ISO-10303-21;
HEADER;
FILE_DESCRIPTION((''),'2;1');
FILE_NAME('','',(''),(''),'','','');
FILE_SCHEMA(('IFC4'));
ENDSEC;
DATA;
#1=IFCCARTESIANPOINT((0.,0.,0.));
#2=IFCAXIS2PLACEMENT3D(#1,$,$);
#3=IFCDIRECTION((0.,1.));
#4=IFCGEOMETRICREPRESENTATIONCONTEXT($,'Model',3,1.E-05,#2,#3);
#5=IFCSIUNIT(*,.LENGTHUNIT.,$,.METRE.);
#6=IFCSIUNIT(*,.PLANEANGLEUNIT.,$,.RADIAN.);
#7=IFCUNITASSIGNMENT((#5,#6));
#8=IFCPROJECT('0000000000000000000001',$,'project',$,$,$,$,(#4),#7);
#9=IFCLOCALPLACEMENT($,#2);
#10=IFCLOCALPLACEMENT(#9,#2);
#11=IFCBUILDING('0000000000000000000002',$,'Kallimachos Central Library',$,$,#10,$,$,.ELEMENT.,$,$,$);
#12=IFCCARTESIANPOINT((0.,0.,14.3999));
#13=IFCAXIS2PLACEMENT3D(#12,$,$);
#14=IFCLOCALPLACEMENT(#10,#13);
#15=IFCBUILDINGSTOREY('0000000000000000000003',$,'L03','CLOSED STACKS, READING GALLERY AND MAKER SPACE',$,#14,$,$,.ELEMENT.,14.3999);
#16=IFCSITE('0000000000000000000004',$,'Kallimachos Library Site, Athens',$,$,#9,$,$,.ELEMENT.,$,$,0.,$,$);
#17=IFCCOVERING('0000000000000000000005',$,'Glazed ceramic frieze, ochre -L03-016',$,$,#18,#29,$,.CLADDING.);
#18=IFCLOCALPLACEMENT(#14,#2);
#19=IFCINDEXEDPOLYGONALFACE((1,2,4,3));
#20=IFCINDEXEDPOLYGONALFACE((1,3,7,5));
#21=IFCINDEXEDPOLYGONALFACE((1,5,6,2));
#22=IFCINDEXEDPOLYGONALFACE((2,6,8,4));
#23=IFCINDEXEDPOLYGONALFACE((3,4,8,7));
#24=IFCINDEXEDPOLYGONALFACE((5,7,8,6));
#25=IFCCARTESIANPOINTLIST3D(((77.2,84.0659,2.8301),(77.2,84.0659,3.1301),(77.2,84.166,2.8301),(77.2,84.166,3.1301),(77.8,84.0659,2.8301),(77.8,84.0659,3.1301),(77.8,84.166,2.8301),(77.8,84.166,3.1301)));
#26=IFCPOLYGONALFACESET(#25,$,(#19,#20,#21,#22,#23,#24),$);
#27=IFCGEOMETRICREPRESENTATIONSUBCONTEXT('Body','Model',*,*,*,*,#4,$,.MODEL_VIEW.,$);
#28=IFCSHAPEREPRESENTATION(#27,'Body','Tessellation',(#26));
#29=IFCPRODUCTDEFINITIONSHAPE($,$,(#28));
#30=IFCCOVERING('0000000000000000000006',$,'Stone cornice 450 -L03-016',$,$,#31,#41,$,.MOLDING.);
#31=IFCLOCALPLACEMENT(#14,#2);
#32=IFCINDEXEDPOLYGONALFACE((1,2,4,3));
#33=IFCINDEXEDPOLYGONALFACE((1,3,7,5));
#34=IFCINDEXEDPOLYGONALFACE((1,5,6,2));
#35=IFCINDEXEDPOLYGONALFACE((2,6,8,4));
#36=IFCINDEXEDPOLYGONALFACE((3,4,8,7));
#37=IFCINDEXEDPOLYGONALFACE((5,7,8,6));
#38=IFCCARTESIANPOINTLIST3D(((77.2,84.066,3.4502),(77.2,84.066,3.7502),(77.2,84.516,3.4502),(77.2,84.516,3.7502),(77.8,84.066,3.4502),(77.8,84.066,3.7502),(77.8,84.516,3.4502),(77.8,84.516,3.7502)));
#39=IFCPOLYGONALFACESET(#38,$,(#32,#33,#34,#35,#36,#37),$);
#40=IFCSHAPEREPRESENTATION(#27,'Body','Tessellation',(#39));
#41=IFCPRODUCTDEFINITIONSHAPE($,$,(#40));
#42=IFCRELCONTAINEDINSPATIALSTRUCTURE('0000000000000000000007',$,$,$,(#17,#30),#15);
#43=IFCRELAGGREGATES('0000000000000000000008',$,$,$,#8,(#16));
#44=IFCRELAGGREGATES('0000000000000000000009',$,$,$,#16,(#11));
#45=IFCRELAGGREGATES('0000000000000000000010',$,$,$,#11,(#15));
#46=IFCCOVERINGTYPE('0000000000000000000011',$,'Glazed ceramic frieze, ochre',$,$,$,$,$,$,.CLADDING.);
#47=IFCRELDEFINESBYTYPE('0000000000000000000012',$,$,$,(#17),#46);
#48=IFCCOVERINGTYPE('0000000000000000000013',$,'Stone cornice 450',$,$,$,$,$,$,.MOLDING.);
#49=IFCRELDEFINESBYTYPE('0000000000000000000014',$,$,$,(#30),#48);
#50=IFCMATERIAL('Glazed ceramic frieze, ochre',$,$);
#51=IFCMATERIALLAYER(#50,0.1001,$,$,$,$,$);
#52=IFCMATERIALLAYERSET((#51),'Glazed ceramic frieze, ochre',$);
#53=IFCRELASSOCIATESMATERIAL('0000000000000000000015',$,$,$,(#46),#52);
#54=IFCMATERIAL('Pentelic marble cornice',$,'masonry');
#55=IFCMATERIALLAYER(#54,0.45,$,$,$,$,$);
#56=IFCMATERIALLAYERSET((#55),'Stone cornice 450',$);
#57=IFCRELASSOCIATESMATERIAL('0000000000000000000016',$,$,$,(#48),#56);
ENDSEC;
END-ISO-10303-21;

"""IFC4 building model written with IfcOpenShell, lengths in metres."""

from ifc_helpers import new_model, si_unit, direction, frame, origin, origin_2d, place, context, subcontext, project, spatial, rectangle, extrude, material, layer, layer_set, type_object, element, save


model = new_model("IFC4")

# Units and contexts
model_context = context("Model", 3, precision=1e-05, world=origin(), true_north=direction((0.0, 1.0)))
body_context = subcontext(model_context, "Body", "Model", "MODEL_VIEW")
ifc_project = project(units=[si_unit("LENGTHUNIT", "METRE"), si_unit("PLANEANGLEUNIT", "RADIAN")], contexts=[model_context])

# Site, building, storey
site_placement = place(None, origin())
site = spatial("IfcSite", under=ifc_project, at=site_placement, Name="Kallimachos Library Site, Athens", CompositionType="ELEMENT", RefElevation=0.0)
building_placement = place(site_placement, origin())
building = spatial("IfcBuilding", under=site, at=building_placement, Name="Kallimachos Central Library", CompositionType="ELEMENT")
storey_placement = place(building_placement, frame((0.0, 0.0, 14.3999)))
storey = spatial("IfcBuildingStorey", under=building, at=storey_placement, Name="L03", Description="CLOSED STACKS, READING GALLERY AND MAKER SPACE", CompositionType="ELEMENT", Elevation=14.3999)

# Coverings
ifc_material_1 = material(Name="Glazed ceramic frieze, ochre")
ifc_layer_1 = layer(ifc_material_1, 0.1001)
ifc_layer_set_1 = layer_set([ifc_layer_1], Name="Glazed ceramic frieze, ochre")
covering_type_1 = type_object("IfcCoveringType", Name="Glazed ceramic frieze, ochre", PredefinedType="CLADDING", material=ifc_layer_set_1)
covering_1_placement = place(storey_placement, frame((77.5, 84.116, 2.8301), z_axis=(0.0, 0.0, 1.0), x_axis=(1.0, 0.0, 0.0)))
element("IfcCovering", 1, at=covering_1_placement, inside=storey, type_object=covering_type_1, Name="Glazed ceramic frieze, ochre -L03-016", PredefinedType="CLADDING", context=body_context, shape_type="SweptSolid", body=[
    extrude(rectangle(XDim=0.6001, YDim=0.1001, at=origin_2d()), origin(), (0.0, 0.0, 1.0), 0.3),
])
ifc_material_2 = material(Name="Pentelic marble cornice", Category="masonry")
ifc_layer_2 = layer(ifc_material_2, 0.45)
ifc_layer_set_2 = layer_set([ifc_layer_2], Name="Stone cornice 450")
covering_type_2 = type_object("IfcCoveringType", Name="Stone cornice 450", PredefinedType="MOLDING", material=ifc_layer_set_2)
covering_2_placement = place(storey_placement, frame((77.5, 84.291, 3.4502), z_axis=(0.0, 0.0, 1.0), x_axis=(1.0, 0.0, 0.0)))
element("IfcCovering", 2, at=covering_2_placement, inside=storey, type_object=covering_type_2, Name="Stone cornice 450 -L03-016", PredefinedType="MOLDING", context=body_context, shape_type="SweptSolid", body=[
    extrude(rectangle(XDim=0.6001, YDim=0.45, at=origin_2d()), origin(), (0.0, 0.0, 1.0), 0.3),
])

save(model, "model.ifc")
